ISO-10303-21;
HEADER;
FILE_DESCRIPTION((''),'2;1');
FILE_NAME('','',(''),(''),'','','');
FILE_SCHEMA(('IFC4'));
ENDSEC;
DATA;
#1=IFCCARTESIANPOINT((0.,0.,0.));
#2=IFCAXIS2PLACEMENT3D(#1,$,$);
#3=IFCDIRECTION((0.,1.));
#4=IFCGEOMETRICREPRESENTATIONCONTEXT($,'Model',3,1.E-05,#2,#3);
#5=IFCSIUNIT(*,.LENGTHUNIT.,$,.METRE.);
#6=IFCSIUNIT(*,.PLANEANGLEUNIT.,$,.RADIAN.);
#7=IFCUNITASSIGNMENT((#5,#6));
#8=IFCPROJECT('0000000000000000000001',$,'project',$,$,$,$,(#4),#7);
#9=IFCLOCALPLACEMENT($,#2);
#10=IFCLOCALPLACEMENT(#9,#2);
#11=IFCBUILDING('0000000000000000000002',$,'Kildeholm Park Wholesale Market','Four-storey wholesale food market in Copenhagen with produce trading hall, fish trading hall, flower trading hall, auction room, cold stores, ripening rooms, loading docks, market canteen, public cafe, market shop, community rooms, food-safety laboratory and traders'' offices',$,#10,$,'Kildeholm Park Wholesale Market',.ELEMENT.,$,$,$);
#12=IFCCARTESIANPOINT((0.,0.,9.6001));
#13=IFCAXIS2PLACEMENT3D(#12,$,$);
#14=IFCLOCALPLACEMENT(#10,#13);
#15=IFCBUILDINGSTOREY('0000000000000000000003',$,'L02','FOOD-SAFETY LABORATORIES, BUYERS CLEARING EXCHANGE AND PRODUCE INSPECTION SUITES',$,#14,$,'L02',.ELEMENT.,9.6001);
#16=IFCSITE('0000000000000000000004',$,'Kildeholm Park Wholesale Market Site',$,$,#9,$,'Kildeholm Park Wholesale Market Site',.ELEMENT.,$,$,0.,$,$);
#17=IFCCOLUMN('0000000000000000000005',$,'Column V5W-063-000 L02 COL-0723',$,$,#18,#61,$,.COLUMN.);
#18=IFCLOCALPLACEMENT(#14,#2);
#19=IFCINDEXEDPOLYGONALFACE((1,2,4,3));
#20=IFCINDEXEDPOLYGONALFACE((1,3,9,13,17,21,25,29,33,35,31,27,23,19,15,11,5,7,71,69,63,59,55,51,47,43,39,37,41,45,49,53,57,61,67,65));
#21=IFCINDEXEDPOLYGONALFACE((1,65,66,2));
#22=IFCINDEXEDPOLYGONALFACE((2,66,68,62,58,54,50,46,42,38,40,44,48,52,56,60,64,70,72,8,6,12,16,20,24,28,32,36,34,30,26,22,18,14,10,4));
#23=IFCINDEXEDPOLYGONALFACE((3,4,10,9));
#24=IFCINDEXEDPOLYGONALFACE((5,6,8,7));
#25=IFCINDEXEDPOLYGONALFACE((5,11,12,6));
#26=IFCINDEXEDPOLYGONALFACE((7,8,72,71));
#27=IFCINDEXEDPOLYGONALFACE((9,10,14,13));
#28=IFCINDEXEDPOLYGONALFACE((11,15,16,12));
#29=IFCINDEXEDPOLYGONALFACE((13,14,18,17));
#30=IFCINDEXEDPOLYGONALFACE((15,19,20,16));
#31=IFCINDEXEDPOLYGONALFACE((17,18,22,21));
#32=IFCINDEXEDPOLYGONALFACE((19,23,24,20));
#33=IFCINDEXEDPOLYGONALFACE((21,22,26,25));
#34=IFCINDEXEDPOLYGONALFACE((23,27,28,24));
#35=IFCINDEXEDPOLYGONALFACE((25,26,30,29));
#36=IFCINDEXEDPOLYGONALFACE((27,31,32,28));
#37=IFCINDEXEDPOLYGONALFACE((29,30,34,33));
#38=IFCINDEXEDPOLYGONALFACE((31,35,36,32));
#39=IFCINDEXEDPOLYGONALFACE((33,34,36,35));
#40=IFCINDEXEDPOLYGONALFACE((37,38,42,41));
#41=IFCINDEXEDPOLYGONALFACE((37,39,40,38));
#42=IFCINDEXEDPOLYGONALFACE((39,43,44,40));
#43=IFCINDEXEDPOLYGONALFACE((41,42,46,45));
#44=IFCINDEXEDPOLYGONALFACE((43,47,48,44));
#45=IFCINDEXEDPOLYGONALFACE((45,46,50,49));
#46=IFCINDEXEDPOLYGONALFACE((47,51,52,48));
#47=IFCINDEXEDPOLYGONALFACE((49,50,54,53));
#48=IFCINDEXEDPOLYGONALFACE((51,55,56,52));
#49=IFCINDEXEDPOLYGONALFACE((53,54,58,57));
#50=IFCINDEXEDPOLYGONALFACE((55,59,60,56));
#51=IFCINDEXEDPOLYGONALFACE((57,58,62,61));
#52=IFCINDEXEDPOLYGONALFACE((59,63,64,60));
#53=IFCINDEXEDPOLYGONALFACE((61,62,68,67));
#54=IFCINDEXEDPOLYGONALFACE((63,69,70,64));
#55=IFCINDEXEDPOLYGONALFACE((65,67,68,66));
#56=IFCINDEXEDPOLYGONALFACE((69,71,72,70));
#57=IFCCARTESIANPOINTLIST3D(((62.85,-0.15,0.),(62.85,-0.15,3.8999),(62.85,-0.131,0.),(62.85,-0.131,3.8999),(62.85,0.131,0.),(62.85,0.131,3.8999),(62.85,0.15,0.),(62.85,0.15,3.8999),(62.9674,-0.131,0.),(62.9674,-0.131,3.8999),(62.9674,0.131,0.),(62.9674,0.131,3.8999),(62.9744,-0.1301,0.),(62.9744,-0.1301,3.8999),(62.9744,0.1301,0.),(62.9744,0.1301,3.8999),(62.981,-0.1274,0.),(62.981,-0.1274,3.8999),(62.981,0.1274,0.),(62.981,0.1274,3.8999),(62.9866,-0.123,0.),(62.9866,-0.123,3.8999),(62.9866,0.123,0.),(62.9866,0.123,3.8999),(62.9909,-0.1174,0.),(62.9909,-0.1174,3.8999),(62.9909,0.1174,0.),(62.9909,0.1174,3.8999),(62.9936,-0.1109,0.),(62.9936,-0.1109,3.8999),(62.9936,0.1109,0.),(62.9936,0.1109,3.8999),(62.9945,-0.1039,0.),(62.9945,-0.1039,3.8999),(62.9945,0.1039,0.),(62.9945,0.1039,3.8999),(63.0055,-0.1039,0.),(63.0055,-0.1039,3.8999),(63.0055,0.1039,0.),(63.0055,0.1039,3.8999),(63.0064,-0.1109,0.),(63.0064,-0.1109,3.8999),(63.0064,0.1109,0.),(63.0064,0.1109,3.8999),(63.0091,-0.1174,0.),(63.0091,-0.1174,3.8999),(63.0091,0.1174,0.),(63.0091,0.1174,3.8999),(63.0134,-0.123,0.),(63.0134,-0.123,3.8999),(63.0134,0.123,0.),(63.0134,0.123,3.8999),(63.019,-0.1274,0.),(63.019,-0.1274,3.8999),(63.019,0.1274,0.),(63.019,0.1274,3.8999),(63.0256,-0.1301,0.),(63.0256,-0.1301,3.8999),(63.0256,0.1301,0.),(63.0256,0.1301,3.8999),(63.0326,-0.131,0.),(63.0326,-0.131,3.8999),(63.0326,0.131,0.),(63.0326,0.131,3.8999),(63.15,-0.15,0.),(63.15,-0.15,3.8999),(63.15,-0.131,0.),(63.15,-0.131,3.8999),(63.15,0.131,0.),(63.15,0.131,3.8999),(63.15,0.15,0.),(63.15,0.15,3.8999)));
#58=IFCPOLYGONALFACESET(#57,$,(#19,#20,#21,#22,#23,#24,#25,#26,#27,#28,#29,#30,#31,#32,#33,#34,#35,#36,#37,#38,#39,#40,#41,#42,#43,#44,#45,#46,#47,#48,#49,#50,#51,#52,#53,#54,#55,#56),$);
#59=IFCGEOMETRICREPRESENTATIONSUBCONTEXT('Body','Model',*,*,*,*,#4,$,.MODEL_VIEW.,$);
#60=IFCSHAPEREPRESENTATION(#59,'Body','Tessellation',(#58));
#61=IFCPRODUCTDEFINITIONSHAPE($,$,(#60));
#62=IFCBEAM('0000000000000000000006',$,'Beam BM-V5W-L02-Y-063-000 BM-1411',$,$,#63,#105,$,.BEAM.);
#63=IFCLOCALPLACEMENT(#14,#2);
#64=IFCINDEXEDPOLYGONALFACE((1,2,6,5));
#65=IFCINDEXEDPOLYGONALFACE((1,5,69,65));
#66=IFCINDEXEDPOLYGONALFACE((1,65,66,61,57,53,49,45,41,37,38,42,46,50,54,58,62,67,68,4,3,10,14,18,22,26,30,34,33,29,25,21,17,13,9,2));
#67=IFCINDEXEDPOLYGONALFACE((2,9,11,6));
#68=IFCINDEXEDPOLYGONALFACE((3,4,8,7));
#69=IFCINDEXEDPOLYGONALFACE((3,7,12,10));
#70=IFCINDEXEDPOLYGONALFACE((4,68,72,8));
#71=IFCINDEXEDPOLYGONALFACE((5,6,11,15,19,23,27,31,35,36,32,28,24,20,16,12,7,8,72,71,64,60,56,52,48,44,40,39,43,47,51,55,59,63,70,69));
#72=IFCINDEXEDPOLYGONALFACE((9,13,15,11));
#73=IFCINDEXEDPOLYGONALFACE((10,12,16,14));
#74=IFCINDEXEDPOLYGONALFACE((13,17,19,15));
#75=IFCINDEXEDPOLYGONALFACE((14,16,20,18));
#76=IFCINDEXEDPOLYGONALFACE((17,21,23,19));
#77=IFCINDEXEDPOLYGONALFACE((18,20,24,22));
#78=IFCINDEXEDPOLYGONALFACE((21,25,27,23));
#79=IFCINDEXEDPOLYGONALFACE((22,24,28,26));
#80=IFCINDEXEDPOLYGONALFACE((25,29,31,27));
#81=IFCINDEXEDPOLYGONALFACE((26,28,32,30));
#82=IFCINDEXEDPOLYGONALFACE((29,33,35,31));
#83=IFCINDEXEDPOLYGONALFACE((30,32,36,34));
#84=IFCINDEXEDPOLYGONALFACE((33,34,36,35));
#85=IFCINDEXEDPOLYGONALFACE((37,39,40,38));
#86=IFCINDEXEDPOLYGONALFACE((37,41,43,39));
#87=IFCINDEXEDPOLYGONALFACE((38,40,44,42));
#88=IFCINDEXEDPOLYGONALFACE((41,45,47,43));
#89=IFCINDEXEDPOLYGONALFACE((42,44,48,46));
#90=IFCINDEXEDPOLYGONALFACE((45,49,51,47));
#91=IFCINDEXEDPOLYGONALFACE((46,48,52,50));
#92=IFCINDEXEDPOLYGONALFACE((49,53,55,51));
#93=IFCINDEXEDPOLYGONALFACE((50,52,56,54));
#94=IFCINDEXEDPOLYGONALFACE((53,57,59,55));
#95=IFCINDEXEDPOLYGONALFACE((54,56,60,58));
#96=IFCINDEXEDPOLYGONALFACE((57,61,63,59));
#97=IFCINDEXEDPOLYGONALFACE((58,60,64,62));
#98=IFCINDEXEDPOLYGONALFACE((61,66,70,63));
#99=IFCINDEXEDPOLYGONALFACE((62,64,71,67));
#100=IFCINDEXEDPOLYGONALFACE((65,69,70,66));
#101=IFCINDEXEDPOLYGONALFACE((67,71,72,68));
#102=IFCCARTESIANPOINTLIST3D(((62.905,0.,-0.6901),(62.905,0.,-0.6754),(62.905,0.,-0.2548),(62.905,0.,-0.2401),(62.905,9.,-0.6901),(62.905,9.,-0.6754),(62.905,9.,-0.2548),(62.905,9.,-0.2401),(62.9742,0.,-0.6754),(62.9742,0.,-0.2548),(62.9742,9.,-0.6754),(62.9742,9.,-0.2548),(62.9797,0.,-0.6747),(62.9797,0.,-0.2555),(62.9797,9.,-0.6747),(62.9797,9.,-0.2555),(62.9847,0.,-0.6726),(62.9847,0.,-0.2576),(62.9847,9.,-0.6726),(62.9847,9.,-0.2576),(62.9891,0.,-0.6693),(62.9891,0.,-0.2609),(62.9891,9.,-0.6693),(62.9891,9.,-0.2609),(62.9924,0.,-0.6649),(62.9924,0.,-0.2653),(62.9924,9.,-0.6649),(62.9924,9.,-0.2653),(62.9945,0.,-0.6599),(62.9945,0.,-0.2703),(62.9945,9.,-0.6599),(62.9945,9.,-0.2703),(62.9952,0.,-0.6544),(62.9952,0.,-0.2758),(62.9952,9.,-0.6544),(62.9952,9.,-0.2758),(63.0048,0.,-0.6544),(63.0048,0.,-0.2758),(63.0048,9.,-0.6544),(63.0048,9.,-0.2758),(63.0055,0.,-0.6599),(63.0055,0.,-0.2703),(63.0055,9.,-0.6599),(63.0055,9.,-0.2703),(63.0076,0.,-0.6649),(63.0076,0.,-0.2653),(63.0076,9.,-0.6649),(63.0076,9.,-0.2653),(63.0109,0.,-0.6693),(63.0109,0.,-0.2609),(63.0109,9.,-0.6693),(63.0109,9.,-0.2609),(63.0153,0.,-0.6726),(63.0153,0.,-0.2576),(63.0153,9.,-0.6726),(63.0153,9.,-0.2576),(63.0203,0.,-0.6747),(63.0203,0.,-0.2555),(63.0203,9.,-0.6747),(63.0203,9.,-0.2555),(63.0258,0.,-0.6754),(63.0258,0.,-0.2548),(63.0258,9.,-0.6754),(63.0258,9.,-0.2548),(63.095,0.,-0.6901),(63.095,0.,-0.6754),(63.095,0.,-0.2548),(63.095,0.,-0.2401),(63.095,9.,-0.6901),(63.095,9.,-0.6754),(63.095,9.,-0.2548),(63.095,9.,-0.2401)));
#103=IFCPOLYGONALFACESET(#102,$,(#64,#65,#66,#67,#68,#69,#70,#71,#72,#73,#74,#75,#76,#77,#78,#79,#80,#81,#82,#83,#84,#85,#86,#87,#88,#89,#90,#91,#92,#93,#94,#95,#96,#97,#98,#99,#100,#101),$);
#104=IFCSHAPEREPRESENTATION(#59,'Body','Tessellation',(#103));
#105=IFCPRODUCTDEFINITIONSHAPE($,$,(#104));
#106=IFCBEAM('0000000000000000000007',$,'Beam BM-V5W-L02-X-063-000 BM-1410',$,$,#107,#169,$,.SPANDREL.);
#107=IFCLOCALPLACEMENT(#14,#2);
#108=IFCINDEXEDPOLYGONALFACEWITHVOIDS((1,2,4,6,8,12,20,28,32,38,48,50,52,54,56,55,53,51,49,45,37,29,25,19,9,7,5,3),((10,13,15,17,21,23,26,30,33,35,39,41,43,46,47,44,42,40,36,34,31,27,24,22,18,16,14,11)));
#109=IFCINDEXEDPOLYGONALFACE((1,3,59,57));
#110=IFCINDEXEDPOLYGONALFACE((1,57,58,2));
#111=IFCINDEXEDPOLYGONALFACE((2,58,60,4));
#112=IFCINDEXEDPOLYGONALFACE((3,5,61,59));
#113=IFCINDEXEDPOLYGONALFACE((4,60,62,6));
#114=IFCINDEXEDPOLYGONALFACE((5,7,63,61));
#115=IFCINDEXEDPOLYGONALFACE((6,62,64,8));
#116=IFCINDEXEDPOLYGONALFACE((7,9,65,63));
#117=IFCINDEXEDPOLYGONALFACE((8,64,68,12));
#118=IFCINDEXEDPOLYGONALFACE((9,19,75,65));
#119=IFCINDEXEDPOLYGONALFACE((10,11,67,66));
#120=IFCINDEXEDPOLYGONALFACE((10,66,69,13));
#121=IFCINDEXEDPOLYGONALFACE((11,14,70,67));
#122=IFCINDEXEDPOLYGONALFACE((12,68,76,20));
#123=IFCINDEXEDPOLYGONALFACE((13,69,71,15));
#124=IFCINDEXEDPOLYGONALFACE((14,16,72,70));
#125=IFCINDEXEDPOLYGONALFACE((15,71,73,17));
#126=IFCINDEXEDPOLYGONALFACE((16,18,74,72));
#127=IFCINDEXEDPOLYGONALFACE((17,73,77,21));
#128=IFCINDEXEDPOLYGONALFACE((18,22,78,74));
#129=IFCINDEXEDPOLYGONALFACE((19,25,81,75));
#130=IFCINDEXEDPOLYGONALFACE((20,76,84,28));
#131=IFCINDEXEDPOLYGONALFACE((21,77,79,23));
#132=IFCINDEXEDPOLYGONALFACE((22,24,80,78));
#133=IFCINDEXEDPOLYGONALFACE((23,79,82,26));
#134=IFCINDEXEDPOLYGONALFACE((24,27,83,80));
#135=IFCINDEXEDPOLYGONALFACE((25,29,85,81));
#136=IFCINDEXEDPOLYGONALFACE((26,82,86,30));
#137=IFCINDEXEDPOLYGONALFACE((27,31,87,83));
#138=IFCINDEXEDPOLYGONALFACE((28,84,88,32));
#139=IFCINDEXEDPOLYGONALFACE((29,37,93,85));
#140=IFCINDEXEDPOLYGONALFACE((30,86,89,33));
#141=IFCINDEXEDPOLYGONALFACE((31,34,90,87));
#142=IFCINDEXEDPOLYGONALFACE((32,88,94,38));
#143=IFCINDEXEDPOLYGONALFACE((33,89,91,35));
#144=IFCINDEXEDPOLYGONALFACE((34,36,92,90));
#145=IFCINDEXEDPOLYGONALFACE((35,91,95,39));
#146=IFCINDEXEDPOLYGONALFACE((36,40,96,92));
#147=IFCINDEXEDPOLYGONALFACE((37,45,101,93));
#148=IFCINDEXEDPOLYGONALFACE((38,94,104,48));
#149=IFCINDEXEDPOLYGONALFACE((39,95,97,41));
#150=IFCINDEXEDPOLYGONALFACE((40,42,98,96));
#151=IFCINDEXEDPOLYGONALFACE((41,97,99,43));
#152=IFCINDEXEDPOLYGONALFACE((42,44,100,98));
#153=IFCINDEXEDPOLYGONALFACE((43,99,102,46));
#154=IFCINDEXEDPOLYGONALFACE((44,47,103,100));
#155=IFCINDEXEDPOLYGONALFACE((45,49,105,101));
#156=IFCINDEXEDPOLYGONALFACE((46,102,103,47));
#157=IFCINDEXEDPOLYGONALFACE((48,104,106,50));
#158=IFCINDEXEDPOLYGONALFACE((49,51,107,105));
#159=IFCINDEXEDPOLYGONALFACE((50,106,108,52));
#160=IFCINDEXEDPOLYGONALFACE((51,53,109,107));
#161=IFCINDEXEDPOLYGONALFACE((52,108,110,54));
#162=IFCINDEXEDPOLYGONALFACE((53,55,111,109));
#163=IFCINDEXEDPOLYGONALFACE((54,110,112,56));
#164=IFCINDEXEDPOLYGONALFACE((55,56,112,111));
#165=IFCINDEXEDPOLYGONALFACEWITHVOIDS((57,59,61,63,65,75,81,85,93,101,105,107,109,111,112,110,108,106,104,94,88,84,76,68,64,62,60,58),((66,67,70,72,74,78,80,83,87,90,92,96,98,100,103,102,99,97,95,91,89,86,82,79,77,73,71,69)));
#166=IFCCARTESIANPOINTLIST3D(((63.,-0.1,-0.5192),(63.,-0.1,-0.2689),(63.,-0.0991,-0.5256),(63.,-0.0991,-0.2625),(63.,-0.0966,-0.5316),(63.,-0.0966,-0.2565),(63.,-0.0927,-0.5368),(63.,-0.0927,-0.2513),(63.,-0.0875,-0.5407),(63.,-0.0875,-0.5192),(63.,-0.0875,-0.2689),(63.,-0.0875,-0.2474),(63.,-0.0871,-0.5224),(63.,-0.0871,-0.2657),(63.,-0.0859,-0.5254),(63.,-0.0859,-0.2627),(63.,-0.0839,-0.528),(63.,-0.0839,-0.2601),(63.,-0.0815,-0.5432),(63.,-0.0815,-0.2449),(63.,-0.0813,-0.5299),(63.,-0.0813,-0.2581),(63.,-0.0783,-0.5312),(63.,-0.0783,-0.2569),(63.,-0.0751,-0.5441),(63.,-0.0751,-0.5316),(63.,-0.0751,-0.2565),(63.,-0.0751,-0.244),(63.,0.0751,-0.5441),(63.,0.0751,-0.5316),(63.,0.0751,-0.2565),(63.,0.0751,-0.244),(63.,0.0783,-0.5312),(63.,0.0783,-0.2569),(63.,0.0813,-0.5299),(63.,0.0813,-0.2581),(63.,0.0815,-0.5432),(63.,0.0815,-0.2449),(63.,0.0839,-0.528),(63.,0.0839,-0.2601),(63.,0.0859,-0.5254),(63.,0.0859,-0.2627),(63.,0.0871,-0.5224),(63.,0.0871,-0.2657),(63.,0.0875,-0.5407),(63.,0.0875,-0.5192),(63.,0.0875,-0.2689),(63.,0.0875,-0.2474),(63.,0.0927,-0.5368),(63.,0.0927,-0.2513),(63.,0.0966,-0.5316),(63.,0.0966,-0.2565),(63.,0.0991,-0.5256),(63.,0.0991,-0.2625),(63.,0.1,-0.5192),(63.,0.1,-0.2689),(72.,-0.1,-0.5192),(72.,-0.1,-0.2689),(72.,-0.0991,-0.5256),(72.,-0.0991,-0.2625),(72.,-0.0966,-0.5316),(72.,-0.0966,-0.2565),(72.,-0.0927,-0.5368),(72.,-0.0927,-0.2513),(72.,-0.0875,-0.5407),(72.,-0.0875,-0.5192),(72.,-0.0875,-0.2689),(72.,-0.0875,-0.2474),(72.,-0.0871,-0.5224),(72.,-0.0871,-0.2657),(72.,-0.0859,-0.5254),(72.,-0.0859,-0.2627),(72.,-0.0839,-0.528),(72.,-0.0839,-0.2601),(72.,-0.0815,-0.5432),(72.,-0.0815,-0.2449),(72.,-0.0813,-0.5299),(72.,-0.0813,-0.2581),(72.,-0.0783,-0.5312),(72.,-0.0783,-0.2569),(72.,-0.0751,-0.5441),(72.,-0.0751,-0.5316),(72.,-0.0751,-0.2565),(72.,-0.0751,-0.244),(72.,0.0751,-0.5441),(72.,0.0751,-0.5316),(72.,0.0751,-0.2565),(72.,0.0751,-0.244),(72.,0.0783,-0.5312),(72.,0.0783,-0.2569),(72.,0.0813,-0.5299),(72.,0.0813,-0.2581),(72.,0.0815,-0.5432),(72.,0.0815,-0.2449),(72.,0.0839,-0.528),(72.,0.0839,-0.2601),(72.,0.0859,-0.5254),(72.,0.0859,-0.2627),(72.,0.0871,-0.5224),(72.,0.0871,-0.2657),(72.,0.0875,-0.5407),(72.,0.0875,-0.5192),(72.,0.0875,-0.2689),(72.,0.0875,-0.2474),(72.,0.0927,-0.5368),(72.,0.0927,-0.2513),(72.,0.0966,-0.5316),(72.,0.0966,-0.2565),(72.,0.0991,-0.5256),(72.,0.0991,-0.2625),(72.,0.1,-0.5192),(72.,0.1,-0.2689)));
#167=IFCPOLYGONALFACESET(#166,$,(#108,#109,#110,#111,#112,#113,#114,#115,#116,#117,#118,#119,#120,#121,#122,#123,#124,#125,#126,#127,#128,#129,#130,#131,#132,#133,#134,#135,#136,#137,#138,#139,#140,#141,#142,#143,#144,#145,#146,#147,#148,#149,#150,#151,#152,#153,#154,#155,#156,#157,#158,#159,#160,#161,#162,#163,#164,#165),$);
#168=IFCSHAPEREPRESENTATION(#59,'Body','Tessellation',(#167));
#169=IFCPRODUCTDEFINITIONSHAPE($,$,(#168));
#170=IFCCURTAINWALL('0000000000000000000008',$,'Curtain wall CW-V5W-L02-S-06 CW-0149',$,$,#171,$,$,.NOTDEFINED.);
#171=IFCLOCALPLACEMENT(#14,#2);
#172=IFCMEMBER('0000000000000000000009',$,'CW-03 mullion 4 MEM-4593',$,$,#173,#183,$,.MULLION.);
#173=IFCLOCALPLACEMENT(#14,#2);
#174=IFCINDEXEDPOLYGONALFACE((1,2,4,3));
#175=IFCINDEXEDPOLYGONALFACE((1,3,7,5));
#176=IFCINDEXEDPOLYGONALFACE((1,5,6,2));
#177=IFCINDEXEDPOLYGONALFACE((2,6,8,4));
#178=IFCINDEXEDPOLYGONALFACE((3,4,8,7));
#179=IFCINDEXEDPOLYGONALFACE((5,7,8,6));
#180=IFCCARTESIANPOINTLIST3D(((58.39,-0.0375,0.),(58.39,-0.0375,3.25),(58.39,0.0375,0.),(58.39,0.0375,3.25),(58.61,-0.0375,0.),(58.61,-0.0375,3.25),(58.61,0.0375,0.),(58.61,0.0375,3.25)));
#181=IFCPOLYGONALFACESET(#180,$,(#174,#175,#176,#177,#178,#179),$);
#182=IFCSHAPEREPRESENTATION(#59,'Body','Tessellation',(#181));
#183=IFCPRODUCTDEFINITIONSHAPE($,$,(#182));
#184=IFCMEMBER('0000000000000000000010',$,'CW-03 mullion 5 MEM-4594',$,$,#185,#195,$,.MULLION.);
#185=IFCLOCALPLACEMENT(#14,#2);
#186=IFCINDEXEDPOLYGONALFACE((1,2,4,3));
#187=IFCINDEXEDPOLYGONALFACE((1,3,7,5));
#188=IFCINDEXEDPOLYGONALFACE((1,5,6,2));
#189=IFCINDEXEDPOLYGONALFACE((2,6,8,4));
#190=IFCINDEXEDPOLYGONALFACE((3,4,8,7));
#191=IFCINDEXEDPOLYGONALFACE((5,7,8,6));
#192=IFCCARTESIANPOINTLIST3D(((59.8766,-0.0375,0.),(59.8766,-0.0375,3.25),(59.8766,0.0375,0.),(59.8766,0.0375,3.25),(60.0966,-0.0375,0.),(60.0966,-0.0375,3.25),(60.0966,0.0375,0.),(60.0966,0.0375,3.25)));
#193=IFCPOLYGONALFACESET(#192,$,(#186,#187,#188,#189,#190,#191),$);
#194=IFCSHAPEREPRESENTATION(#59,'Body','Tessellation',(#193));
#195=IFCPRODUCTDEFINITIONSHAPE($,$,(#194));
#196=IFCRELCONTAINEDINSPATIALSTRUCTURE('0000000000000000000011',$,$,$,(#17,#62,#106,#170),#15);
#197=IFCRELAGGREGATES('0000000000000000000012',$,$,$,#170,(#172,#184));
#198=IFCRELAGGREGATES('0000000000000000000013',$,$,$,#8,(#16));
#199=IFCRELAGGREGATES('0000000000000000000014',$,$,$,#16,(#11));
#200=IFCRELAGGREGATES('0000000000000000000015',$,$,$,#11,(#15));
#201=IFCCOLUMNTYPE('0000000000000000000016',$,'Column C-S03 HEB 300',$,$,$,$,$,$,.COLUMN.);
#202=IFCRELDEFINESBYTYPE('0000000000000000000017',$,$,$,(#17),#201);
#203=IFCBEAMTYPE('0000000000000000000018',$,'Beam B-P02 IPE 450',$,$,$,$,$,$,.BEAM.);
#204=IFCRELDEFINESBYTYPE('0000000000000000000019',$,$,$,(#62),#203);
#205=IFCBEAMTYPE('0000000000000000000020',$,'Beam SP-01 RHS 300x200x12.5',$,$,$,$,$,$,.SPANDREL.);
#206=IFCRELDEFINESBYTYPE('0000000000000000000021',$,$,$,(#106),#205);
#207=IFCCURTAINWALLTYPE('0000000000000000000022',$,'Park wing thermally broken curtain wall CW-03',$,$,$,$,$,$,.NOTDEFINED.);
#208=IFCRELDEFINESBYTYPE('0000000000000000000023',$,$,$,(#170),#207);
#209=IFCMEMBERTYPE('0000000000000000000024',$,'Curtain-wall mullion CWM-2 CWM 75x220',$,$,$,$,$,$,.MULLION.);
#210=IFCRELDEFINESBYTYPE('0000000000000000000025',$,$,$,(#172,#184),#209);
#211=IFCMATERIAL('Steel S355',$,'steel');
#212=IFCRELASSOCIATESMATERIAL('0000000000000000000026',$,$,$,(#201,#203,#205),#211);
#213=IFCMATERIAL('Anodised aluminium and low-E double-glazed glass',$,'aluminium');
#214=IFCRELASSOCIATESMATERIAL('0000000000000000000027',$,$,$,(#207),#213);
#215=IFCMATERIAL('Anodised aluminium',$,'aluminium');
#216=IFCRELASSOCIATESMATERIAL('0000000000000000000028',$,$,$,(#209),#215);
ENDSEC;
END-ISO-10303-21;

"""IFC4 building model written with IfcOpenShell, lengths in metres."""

from ifc_helpers import new_model, si_unit, direction, frame, origin, origin_2d, place, context, subcontext, project, spatial, rectangle, hollow_rectangle, i_section, extrude, material, material_profile, profile_set, type_object, element, aggregate, save


model = new_model("IFC4")

# Units and contexts
model_context = context("Model", 3, precision=1e-05, world=origin(), true_north=direction((0.0, 1.0)))
body_context = subcontext(model_context, "Body", "Model", "MODEL_VIEW")
ifc_project = project(units=[si_unit("LENGTHUNIT", "METRE"), si_unit("PLANEANGLEUNIT", "RADIAN")], contexts=[model_context])

# Site, building, storey
site_placement = place(None, origin())
site = spatial("IfcSite", under=ifc_project, at=site_placement, Name="Kildeholm Park Wholesale Market Site", LongName="Kildeholm Park Wholesale Market Site", CompositionType="ELEMENT", RefElevation=0.0)
building_placement = place(site_placement, origin())
building = spatial("IfcBuilding", under=site, at=building_placement, Name="Kildeholm Park Wholesale Market", Description="Four-storey wholesale food market in Copenhagen with produce trading hall, fish trading hall, flower trading hall, auction room, cold stores, ripening rooms, loading docks, market canteen, public cafe, market shop, community rooms, food-safety laboratory and traders' offices", LongName="Kildeholm Park Wholesale Market", CompositionType="ELEMENT")
storey_placement = place(building_placement, frame((0.0, 0.0, 9.6001)))
storey = spatial("IfcBuildingStorey", under=building, at=storey_placement, Name="L02", Description="FOOD-SAFETY LABORATORIES, BUYERS CLEARING EXCHANGE AND PRODUCE INSPECTION SUITES", LongName="L02", CompositionType="ELEMENT", Elevation=9.6001)

# Column
ifc_material_1 = material(Name="Steel S355", Category="steel")
ifc_material_profile_1 = material_profile(ifc_material_1, i_section(OverallWidth=0.3, OverallDepth=0.3, WebThickness=0.011, FlangeThickness=0.019, FilletRadius=0.0271, at=origin_2d()), Name="HEB 300")
ifc_profile_set_1 = profile_set([ifc_material_profile_1], Name="Steel S355")
column_type = type_object("IfcColumnType", Name="Column C-S03 HEB 300", PredefinedType="COLUMN", material=ifc_profile_set_1)
column_placement = place(storey_placement, frame((63.0, 0.0, 0.0), z_axis=(0.0, 0.0, 1.0), x_axis=(1.0, 0.0, 0.0)))
element("IfcColumn", 1, at=column_placement, inside=storey, type_object=column_type, Name="Column V5W-063-000 L02 COL-0723", PredefinedType="COLUMN", context=body_context, shape_type="SweptSolid", body=[
    extrude(i_section(OverallWidth=0.3, OverallDepth=0.3, WebThickness=0.011, FlangeThickness=0.019, FilletRadius=0.0271, at=origin_2d()), origin(), (0.0, 0.0, 1.0), 3.8999),
])

# Beams
ifc_material_profile_2 = material_profile(ifc_material_1, i_section(OverallWidth=0.1899, OverallDepth=0.45, WebThickness=0.0095, FlangeThickness=0.0146, FilletRadius=0.021, at=origin_2d()), Name="IPE 450")
ifc_profile_set_2 = profile_set([ifc_material_profile_2], Name="Steel S355")
beam_type_1 = type_object("IfcBeamType", Name="Beam B-P02 IPE 450", PredefinedType="BEAM", material=ifc_profile_set_2)
beam_1_placement = place(storey_placement, frame((63.0, 0.0, -0.4651), z_axis=(0.0, 1.0, 0.0), x_axis=(-1.0, 0.0, 0.0)))
element("IfcBeam", 2, at=beam_1_placement, inside=storey, type_object=beam_type_1, Name="Beam BM-V5W-L02-Y-063-000 BM-1411", PredefinedType="BEAM", context=body_context, shape_type="SweptSolid", body=[
    extrude(i_section(OverallWidth=0.1899, OverallDepth=0.45, WebThickness=0.0095, FlangeThickness=0.0146, FilletRadius=0.021, at=origin_2d()), origin(), (0.0, 0.0, 1.0), 9.0),
])
ifc_material_profile_3 = material_profile(ifc_material_1, hollow_rectangle(XDim=0.2, YDim=0.3, WallThickness=0.0125, InnerFilletRadius=0.0125, OuterFilletRadius=0.0249, at=origin_2d()), Name="RHS 300x200x12.5")
ifc_profile_set_3 = profile_set([ifc_material_profile_3], Name="Steel S355")
beam_type_2 = type_object("IfcBeamType", Name="Beam SP-01 RHS 300x200x12.5", PredefinedType="SPANDREL", material=ifc_profile_set_3)
beam_2_placement = place(storey_placement, frame((63.0, 0.0, -0.394), z_axis=(1.0, 0.0, 0.0), x_axis=(0.0, 1.0, 0.0)))
element("IfcBeam", 3, at=beam_2_placement, inside=storey, type_object=beam_type_2, Name="Beam BM-V5W-L02-X-063-000 BM-1410", PredefinedType="SPANDREL", context=body_context, shape_type="SweptSolid", body=[
    extrude(hollow_rectangle(XDim=0.2, YDim=0.3, WallThickness=0.0125, InnerFilletRadius=0.0125, OuterFilletRadius=0.0249, at=origin_2d()), origin(), (0.0, 0.0, 1.0), 9.0),
])

# Curtain wall, members
ifc_material_2 = material(Name="Anodised aluminium and low-E double-glazed glass", Category="aluminium")
curtain_wall_type = type_object("IfcCurtainWallType", Name="Park wing thermally broken curtain wall CW-03", PredefinedType="NOTDEFINED", material=ifc_material_2)
curtain_wall_placement = place(storey_placement, origin())
curtain_wall = element("IfcCurtainWall", 4, at=curtain_wall_placement, inside=storey, type_object=curtain_wall_type, Name="Curtain wall CW-V5W-L02-S-06 CW-0149", PredefinedType="NOTDEFINED")
ifc_material_3 = material(Name="Anodised aluminium", Category="aluminium")
ifc_material_profile_4 = material_profile(ifc_material_3, rectangle(XDim=0.075, YDim=0.22, at=origin_2d()), Name="CWM 75x220")
ifc_profile_set_4 = profile_set([ifc_material_profile_4], Name="Anodised aluminium")
member_type_1 = type_object("IfcMemberType", Name="Curtain-wall mullion CWM-2 CWM 75x220", PredefinedType="MULLION", material=ifc_profile_set_4)
member_1_placement = place(storey_placement, frame((58.5, 0.0, 0.0), z_axis=(0.0, 0.0, 1.0), x_axis=(0.0, 1.0, 0.0)))
member_1 = element("IfcMember", 5, at=member_1_placement, type_object=member_type_1, Name="CW-03 mullion 4 MEM-4593", PredefinedType="MULLION", context=body_context, shape_type="SweptSolid", body=[
    extrude(rectangle(XDim=0.075, YDim=0.22, at=origin_2d()), origin(), (0.0, 0.0, 1.0), 3.25),
])
member_2_placement = place(storey_placement, frame((59.9866, 0.0, 0.0), z_axis=(0.0, 0.0, 1.0), x_axis=(0.0, 1.0, 0.0)))
member_2 = element("IfcMember", 6, at=member_2_placement, type_object=member_type_1, Name="CW-03 mullion 5 MEM-4594", PredefinedType="MULLION", context=body_context, shape_type="SweptSolid", body=[
    extrude(rectangle(XDim=0.075, YDim=0.22, at=origin_2d()), origin(), (0.0, 0.0, 1.0), 3.25),
])
aggregate(curtain_wall, [member_1, member_2])

save(model, "model.ifc")
